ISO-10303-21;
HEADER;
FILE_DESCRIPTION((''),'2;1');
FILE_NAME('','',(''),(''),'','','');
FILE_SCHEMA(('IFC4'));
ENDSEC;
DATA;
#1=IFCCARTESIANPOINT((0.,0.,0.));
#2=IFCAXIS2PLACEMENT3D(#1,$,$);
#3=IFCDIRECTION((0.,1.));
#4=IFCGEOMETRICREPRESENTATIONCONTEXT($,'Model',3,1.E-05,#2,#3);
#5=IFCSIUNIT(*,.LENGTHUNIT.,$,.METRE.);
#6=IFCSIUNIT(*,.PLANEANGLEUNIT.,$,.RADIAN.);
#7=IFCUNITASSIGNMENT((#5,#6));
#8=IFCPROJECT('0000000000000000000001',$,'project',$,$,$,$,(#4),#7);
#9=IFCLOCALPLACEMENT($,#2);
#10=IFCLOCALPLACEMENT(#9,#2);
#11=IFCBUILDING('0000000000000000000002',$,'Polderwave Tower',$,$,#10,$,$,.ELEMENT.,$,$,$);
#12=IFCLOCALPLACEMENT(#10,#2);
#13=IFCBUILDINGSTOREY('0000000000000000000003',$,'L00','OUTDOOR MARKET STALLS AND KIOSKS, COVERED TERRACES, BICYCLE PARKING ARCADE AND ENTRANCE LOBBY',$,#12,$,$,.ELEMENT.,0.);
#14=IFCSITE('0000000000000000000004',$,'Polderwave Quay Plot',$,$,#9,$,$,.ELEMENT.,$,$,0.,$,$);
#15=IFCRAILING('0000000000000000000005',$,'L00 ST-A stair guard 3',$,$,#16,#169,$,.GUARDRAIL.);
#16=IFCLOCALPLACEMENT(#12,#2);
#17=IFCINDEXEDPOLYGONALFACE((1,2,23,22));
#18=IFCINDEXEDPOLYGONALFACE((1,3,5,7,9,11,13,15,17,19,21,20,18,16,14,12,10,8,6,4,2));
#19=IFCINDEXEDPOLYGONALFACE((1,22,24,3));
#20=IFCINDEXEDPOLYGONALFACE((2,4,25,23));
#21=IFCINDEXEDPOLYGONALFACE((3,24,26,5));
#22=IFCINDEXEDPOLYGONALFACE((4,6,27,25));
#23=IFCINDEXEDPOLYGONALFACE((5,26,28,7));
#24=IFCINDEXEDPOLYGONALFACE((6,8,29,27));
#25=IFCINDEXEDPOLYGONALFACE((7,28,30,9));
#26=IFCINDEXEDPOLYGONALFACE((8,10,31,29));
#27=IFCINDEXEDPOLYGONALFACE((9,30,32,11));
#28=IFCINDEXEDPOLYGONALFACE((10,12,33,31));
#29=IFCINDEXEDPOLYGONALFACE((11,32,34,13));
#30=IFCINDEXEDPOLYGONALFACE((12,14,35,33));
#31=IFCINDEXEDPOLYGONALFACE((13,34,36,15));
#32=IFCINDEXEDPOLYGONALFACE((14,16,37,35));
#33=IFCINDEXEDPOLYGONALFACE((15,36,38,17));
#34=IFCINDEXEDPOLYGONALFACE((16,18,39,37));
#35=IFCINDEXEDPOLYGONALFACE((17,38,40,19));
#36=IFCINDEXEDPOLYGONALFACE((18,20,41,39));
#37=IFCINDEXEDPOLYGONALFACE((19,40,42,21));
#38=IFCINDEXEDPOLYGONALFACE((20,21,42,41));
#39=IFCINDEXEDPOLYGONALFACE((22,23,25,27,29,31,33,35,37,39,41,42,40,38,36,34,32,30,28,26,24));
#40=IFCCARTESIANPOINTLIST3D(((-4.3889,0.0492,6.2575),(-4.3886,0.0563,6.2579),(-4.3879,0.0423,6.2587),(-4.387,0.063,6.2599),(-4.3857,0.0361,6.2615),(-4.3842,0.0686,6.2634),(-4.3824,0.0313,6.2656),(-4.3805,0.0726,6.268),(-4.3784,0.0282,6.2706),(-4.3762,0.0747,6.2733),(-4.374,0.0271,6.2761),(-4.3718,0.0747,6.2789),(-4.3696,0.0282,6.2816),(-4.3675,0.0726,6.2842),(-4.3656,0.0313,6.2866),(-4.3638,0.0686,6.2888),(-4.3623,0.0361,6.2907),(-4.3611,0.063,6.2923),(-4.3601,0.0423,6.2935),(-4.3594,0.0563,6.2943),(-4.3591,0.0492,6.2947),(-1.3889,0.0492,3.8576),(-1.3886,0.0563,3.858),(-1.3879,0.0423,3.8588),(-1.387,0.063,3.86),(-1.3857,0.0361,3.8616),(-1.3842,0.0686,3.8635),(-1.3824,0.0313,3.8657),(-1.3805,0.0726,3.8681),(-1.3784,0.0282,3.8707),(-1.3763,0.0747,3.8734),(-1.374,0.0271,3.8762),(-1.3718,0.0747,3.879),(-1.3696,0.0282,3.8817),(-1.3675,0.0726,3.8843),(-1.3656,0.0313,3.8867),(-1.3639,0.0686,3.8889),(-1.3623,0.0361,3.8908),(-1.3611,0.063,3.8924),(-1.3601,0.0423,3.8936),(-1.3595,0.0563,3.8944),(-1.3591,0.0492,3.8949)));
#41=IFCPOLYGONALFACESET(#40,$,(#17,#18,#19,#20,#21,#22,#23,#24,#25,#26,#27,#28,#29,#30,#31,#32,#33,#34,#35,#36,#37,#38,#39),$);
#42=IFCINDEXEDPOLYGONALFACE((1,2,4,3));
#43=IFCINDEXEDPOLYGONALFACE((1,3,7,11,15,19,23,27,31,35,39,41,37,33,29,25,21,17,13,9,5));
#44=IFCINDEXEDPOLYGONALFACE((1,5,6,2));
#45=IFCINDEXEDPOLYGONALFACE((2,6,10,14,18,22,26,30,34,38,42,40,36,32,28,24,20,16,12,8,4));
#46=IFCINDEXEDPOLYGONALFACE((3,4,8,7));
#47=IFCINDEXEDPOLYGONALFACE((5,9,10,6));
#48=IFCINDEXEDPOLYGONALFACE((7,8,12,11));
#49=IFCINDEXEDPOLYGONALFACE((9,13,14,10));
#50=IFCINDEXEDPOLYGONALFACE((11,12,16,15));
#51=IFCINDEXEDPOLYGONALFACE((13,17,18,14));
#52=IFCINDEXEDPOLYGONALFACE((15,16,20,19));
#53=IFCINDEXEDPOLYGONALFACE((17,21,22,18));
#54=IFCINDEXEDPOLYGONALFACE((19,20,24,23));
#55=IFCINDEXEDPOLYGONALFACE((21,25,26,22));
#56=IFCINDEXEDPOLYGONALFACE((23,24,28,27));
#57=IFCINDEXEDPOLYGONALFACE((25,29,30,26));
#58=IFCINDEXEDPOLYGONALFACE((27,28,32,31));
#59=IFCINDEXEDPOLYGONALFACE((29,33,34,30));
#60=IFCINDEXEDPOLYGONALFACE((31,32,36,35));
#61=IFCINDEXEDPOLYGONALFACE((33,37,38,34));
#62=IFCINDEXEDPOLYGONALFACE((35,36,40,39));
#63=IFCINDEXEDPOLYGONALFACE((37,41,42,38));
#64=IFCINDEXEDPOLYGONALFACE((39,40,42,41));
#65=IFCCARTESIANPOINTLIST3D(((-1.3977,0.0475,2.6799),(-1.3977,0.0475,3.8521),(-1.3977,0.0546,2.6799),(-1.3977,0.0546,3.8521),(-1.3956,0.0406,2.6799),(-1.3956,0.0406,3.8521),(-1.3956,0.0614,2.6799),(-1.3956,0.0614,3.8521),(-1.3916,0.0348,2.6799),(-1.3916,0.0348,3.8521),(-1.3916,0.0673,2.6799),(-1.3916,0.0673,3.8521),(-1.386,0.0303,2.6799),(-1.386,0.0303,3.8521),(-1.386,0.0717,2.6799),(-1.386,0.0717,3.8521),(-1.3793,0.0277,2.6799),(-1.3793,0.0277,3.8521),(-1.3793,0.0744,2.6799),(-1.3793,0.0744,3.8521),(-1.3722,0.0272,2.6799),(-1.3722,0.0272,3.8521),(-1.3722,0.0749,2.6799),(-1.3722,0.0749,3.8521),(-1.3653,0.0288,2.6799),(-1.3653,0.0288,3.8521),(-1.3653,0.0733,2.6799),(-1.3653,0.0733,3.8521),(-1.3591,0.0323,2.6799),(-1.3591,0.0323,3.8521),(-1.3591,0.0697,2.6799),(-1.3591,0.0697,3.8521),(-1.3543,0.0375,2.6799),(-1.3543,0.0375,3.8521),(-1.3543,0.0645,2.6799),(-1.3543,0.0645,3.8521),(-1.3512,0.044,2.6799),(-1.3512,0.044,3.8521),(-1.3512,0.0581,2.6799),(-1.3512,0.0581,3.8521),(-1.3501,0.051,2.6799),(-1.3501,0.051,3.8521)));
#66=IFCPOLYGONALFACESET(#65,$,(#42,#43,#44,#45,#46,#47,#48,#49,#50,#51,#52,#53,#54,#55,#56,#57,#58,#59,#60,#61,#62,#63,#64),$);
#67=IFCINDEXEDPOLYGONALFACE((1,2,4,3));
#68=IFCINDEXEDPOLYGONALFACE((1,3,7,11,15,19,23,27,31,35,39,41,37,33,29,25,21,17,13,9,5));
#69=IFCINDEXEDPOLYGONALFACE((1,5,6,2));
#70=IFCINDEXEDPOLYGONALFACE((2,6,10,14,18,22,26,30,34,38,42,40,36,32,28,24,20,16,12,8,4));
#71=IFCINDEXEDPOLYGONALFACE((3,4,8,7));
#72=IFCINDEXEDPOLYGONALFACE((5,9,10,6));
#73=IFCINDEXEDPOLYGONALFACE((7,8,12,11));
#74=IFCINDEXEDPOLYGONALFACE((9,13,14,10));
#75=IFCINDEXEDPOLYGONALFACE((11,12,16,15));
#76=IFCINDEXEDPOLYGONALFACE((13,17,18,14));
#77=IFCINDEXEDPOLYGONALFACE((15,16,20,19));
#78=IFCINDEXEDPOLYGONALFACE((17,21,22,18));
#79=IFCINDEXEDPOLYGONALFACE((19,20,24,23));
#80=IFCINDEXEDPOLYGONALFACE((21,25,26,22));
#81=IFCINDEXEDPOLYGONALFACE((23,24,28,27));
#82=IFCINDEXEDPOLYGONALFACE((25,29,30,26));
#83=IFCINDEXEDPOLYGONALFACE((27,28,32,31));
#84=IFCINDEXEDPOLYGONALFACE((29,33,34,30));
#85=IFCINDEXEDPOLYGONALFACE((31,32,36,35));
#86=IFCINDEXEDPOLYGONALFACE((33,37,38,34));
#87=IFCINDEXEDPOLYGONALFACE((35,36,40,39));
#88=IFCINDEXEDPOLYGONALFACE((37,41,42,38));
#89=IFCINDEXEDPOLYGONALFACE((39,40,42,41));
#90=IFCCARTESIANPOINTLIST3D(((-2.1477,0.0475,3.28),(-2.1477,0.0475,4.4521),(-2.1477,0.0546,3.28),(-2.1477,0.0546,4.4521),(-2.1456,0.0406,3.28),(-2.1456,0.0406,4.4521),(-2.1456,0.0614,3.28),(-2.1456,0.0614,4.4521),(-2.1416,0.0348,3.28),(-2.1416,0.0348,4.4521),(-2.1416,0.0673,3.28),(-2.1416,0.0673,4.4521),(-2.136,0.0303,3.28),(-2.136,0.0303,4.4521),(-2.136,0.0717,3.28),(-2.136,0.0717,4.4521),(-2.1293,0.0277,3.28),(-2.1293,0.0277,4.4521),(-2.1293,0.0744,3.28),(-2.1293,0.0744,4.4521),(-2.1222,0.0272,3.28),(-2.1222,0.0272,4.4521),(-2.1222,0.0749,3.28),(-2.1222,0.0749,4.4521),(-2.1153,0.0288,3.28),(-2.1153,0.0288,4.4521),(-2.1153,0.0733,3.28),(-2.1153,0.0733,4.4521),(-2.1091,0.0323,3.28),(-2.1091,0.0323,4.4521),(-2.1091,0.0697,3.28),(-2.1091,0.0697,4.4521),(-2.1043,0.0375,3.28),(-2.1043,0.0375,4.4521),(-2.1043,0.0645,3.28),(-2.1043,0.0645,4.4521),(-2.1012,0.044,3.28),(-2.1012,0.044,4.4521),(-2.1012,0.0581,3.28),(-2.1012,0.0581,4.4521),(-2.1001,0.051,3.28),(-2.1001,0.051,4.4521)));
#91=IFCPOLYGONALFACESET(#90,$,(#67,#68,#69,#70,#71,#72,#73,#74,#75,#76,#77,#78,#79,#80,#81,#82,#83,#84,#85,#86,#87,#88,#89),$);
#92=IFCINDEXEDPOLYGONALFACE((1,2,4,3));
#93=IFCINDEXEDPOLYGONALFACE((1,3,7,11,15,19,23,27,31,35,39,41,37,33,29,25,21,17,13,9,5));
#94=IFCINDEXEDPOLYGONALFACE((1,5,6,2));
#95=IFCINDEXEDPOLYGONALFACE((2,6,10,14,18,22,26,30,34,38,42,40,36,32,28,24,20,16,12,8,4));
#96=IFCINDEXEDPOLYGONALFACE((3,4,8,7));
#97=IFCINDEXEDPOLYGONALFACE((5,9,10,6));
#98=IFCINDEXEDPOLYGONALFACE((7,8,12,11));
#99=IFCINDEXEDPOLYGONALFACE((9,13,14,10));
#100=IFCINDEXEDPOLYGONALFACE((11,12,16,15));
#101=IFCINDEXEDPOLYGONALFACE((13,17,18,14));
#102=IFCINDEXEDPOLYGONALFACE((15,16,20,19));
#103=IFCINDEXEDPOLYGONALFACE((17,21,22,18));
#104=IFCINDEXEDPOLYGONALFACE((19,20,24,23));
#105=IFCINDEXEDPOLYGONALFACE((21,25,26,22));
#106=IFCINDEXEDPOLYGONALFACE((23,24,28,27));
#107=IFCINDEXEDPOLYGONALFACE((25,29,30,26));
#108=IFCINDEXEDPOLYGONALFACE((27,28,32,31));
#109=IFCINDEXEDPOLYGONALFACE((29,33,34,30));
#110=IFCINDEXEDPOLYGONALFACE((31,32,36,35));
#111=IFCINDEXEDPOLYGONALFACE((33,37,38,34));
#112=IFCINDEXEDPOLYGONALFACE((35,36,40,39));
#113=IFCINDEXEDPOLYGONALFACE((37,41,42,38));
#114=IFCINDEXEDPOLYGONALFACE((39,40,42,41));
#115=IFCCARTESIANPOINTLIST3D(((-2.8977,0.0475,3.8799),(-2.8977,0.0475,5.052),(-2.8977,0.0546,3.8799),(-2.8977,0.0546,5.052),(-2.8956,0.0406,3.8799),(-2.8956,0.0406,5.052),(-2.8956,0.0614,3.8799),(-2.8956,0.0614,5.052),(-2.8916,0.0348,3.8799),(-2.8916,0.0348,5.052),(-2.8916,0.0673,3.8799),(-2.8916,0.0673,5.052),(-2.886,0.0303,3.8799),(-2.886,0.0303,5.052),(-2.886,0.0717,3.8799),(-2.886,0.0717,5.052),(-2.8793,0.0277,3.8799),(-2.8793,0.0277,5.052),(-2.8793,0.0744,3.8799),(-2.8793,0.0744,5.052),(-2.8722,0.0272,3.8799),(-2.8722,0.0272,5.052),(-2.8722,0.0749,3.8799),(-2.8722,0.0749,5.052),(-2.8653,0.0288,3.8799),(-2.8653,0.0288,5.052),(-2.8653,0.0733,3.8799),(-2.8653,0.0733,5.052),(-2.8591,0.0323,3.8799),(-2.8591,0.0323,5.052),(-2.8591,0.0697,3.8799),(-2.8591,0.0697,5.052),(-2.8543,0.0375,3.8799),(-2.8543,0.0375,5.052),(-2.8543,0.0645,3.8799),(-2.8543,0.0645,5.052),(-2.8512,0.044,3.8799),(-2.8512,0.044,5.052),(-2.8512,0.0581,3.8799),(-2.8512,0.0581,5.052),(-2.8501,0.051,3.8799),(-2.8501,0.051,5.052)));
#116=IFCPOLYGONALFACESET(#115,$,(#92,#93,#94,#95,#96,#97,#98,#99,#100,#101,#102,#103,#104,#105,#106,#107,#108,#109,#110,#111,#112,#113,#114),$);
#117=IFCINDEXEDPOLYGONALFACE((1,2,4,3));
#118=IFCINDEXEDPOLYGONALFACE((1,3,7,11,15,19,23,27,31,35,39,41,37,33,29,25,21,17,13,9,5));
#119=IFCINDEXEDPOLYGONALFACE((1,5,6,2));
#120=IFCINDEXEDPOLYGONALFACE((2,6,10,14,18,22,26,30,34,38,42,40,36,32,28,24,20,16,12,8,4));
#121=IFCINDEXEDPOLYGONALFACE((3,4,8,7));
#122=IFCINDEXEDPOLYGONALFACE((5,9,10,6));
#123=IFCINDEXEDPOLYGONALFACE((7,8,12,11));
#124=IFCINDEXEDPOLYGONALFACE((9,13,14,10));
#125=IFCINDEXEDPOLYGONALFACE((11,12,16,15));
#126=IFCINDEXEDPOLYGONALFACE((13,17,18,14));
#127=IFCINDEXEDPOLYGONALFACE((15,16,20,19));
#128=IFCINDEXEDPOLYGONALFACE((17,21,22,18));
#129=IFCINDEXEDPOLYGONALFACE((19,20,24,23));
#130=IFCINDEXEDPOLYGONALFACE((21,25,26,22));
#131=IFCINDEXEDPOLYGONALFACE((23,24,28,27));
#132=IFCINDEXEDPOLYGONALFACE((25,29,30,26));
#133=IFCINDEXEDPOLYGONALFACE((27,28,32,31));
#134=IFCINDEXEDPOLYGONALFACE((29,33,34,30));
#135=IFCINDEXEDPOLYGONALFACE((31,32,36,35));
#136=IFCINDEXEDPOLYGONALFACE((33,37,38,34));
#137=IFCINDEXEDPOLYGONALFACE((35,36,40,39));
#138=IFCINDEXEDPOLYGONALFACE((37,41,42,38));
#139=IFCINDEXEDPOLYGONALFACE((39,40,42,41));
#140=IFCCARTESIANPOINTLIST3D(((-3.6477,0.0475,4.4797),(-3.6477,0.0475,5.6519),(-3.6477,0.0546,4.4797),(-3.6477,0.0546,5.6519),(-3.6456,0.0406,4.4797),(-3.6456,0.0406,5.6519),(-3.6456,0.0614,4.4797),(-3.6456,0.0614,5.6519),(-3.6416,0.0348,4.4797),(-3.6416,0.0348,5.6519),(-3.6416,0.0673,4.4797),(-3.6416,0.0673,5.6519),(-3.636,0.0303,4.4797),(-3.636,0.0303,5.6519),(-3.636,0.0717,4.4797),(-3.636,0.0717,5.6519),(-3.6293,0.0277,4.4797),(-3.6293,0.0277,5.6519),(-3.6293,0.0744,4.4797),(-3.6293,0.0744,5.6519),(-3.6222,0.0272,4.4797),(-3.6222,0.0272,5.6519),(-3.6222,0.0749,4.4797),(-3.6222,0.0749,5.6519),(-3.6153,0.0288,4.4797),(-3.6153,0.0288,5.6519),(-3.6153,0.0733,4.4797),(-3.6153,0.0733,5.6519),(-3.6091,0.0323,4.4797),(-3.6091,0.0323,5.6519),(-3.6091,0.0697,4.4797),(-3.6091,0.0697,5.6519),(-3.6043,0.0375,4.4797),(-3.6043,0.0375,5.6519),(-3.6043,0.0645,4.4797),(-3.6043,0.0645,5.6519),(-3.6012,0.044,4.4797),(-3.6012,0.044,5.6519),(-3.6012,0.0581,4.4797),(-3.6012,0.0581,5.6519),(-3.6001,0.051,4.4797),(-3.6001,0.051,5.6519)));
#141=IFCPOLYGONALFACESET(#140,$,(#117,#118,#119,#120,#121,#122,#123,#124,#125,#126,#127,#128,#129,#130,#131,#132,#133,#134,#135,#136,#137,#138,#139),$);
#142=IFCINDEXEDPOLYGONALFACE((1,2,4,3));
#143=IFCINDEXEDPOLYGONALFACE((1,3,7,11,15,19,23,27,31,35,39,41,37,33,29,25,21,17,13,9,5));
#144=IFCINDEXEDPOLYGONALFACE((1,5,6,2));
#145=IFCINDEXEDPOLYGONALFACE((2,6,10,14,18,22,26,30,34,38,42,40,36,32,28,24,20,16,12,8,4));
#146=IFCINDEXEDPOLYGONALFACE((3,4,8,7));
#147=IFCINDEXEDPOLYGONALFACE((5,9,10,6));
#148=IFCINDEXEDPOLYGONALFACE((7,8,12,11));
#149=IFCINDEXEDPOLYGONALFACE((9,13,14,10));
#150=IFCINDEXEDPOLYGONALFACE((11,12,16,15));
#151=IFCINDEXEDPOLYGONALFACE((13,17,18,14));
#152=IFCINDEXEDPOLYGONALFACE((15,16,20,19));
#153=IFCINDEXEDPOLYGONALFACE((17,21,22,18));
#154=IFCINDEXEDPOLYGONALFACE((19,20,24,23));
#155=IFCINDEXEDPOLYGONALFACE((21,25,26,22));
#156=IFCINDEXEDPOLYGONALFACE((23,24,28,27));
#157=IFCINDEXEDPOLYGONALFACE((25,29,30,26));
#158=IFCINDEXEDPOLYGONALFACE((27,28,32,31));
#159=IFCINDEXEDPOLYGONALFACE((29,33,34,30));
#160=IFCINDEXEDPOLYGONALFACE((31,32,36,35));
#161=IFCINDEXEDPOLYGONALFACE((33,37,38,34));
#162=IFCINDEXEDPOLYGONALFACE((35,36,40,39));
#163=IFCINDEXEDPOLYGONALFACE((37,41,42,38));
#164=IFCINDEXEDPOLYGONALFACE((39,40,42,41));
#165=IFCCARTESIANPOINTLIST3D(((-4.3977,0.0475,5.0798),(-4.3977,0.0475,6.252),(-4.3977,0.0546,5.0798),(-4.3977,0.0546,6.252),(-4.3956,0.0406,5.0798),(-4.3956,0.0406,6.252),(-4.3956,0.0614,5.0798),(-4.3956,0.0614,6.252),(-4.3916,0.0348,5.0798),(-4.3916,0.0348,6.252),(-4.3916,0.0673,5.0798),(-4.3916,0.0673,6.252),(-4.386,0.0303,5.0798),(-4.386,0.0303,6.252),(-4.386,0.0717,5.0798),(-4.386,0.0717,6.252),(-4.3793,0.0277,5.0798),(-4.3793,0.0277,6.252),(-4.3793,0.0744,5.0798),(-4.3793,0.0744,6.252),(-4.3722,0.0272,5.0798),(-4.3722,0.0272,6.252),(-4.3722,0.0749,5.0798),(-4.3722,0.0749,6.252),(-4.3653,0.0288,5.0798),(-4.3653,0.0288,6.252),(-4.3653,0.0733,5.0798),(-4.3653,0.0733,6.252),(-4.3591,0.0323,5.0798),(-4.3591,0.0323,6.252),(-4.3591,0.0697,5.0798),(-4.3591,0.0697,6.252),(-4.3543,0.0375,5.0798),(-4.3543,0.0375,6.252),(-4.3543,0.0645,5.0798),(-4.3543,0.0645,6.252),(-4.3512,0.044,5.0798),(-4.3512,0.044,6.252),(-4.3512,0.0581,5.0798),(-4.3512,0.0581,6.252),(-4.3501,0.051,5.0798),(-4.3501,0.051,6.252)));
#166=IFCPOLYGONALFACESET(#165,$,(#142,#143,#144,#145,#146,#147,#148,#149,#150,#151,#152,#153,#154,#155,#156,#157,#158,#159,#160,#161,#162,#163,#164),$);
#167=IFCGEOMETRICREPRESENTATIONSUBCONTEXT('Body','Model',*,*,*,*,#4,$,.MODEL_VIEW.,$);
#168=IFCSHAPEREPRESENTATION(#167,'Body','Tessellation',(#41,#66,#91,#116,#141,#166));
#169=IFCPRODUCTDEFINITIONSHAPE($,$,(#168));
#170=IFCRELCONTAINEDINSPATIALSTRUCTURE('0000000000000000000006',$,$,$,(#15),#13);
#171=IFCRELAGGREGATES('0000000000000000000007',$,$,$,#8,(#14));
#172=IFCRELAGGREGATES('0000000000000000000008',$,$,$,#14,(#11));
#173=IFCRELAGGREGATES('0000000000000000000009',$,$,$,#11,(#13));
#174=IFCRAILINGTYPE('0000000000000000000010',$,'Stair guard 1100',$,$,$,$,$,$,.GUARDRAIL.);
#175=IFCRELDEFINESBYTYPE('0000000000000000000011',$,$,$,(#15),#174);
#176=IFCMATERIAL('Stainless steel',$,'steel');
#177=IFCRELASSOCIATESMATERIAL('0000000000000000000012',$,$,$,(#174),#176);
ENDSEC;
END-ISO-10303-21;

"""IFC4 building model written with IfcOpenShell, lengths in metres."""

from ifc_helpers import new_model, si_unit, direction, frame, origin, origin_2d, place, context, subcontext, project, spatial, circle, extrude, material, type_object, element, save


model = new_model("IFC4")

# Units and contexts
model_context = context("Model", 3, precision=1e-05, world=origin(), true_north=direction((0.0, 1.0)))
body_context = subcontext(model_context, "Body", "Model", "MODEL_VIEW")
ifc_project = project(units=[si_unit("LENGTHUNIT", "METRE"), si_unit("PLANEANGLEUNIT", "RADIAN")], contexts=[model_context])

# Site, building, storey
site_placement = place(None, origin())
site = spatial("IfcSite", under=ifc_project, at=site_placement, Name="Polderwave Quay Plot", CompositionType="ELEMENT", RefElevation=0.0)
building_placement = place(site_placement, origin())
building = spatial("IfcBuilding", under=site, at=building_placement, Name="Polderwave Tower", CompositionType="ELEMENT")
storey_placement = place(building_placement, origin())
storey = spatial("IfcBuildingStorey", under=building, at=storey_placement, Name="L00", Description="OUTDOOR MARKET STALLS AND KIOSKS, COVERED TERRACES, BICYCLE PARKING ARCADE AND ENTRANCE LOBBY", CompositionType="ELEMENT", Elevation=0.0)

# Railing
ifc_material_1 = material(Name="Stainless steel", Category="steel")
railing_type_1 = type_object("IfcRailingType", Name="Stair guard 1100", PredefinedType="GUARDRAIL", material=ifc_material_1)
railing_1_placement = place(storey_placement, frame((-1.374, 0.051, 2.6799)))
element("IfcRailing", 1, at=railing_1_placement, inside=storey, type_object=railing_type_1, Name="L00 ST-A stair guard 3", PredefinedType="GUARDRAIL", context=body_context, shape_type="SweptSolid", body=[
    extrude(circle(Radius=0.0239, at=origin_2d()), frame((0.0, 0.0, 1.1963), z_axis=(-0.780881, 0.0, 0.62468), x_axis=(0.0, -1.0, 0.0)), (0.0, 0.0, 1.0), 3.8418),
    extrude(circle(Radius=0.0239, at=origin_2d()), origin(), (0.0, 0.0, 1.0), 1.1721),
    extrude(circle(Radius=0.0239, at=origin_2d()), frame((-0.75, 0.0, 0.6001)), (0.0, 0.0, 1.0), 1.1721),
    extrude(circle(Radius=0.0239, at=origin_2d()), frame((-1.5, 0.0, 1.2)), (0.0, 0.0, 1.0), 1.1721),
    extrude(circle(Radius=0.0239, at=origin_2d()), frame((-2.25, 0.0, 1.7998)), (0.0, 0.0, 1.0), 1.1721),
    extrude(circle(Radius=0.0239, at=origin_2d()), frame((-3.0, 0.0, 2.3999)), (0.0, 0.0, 1.0), 1.1721),
])

save(model, "model.ifc")
